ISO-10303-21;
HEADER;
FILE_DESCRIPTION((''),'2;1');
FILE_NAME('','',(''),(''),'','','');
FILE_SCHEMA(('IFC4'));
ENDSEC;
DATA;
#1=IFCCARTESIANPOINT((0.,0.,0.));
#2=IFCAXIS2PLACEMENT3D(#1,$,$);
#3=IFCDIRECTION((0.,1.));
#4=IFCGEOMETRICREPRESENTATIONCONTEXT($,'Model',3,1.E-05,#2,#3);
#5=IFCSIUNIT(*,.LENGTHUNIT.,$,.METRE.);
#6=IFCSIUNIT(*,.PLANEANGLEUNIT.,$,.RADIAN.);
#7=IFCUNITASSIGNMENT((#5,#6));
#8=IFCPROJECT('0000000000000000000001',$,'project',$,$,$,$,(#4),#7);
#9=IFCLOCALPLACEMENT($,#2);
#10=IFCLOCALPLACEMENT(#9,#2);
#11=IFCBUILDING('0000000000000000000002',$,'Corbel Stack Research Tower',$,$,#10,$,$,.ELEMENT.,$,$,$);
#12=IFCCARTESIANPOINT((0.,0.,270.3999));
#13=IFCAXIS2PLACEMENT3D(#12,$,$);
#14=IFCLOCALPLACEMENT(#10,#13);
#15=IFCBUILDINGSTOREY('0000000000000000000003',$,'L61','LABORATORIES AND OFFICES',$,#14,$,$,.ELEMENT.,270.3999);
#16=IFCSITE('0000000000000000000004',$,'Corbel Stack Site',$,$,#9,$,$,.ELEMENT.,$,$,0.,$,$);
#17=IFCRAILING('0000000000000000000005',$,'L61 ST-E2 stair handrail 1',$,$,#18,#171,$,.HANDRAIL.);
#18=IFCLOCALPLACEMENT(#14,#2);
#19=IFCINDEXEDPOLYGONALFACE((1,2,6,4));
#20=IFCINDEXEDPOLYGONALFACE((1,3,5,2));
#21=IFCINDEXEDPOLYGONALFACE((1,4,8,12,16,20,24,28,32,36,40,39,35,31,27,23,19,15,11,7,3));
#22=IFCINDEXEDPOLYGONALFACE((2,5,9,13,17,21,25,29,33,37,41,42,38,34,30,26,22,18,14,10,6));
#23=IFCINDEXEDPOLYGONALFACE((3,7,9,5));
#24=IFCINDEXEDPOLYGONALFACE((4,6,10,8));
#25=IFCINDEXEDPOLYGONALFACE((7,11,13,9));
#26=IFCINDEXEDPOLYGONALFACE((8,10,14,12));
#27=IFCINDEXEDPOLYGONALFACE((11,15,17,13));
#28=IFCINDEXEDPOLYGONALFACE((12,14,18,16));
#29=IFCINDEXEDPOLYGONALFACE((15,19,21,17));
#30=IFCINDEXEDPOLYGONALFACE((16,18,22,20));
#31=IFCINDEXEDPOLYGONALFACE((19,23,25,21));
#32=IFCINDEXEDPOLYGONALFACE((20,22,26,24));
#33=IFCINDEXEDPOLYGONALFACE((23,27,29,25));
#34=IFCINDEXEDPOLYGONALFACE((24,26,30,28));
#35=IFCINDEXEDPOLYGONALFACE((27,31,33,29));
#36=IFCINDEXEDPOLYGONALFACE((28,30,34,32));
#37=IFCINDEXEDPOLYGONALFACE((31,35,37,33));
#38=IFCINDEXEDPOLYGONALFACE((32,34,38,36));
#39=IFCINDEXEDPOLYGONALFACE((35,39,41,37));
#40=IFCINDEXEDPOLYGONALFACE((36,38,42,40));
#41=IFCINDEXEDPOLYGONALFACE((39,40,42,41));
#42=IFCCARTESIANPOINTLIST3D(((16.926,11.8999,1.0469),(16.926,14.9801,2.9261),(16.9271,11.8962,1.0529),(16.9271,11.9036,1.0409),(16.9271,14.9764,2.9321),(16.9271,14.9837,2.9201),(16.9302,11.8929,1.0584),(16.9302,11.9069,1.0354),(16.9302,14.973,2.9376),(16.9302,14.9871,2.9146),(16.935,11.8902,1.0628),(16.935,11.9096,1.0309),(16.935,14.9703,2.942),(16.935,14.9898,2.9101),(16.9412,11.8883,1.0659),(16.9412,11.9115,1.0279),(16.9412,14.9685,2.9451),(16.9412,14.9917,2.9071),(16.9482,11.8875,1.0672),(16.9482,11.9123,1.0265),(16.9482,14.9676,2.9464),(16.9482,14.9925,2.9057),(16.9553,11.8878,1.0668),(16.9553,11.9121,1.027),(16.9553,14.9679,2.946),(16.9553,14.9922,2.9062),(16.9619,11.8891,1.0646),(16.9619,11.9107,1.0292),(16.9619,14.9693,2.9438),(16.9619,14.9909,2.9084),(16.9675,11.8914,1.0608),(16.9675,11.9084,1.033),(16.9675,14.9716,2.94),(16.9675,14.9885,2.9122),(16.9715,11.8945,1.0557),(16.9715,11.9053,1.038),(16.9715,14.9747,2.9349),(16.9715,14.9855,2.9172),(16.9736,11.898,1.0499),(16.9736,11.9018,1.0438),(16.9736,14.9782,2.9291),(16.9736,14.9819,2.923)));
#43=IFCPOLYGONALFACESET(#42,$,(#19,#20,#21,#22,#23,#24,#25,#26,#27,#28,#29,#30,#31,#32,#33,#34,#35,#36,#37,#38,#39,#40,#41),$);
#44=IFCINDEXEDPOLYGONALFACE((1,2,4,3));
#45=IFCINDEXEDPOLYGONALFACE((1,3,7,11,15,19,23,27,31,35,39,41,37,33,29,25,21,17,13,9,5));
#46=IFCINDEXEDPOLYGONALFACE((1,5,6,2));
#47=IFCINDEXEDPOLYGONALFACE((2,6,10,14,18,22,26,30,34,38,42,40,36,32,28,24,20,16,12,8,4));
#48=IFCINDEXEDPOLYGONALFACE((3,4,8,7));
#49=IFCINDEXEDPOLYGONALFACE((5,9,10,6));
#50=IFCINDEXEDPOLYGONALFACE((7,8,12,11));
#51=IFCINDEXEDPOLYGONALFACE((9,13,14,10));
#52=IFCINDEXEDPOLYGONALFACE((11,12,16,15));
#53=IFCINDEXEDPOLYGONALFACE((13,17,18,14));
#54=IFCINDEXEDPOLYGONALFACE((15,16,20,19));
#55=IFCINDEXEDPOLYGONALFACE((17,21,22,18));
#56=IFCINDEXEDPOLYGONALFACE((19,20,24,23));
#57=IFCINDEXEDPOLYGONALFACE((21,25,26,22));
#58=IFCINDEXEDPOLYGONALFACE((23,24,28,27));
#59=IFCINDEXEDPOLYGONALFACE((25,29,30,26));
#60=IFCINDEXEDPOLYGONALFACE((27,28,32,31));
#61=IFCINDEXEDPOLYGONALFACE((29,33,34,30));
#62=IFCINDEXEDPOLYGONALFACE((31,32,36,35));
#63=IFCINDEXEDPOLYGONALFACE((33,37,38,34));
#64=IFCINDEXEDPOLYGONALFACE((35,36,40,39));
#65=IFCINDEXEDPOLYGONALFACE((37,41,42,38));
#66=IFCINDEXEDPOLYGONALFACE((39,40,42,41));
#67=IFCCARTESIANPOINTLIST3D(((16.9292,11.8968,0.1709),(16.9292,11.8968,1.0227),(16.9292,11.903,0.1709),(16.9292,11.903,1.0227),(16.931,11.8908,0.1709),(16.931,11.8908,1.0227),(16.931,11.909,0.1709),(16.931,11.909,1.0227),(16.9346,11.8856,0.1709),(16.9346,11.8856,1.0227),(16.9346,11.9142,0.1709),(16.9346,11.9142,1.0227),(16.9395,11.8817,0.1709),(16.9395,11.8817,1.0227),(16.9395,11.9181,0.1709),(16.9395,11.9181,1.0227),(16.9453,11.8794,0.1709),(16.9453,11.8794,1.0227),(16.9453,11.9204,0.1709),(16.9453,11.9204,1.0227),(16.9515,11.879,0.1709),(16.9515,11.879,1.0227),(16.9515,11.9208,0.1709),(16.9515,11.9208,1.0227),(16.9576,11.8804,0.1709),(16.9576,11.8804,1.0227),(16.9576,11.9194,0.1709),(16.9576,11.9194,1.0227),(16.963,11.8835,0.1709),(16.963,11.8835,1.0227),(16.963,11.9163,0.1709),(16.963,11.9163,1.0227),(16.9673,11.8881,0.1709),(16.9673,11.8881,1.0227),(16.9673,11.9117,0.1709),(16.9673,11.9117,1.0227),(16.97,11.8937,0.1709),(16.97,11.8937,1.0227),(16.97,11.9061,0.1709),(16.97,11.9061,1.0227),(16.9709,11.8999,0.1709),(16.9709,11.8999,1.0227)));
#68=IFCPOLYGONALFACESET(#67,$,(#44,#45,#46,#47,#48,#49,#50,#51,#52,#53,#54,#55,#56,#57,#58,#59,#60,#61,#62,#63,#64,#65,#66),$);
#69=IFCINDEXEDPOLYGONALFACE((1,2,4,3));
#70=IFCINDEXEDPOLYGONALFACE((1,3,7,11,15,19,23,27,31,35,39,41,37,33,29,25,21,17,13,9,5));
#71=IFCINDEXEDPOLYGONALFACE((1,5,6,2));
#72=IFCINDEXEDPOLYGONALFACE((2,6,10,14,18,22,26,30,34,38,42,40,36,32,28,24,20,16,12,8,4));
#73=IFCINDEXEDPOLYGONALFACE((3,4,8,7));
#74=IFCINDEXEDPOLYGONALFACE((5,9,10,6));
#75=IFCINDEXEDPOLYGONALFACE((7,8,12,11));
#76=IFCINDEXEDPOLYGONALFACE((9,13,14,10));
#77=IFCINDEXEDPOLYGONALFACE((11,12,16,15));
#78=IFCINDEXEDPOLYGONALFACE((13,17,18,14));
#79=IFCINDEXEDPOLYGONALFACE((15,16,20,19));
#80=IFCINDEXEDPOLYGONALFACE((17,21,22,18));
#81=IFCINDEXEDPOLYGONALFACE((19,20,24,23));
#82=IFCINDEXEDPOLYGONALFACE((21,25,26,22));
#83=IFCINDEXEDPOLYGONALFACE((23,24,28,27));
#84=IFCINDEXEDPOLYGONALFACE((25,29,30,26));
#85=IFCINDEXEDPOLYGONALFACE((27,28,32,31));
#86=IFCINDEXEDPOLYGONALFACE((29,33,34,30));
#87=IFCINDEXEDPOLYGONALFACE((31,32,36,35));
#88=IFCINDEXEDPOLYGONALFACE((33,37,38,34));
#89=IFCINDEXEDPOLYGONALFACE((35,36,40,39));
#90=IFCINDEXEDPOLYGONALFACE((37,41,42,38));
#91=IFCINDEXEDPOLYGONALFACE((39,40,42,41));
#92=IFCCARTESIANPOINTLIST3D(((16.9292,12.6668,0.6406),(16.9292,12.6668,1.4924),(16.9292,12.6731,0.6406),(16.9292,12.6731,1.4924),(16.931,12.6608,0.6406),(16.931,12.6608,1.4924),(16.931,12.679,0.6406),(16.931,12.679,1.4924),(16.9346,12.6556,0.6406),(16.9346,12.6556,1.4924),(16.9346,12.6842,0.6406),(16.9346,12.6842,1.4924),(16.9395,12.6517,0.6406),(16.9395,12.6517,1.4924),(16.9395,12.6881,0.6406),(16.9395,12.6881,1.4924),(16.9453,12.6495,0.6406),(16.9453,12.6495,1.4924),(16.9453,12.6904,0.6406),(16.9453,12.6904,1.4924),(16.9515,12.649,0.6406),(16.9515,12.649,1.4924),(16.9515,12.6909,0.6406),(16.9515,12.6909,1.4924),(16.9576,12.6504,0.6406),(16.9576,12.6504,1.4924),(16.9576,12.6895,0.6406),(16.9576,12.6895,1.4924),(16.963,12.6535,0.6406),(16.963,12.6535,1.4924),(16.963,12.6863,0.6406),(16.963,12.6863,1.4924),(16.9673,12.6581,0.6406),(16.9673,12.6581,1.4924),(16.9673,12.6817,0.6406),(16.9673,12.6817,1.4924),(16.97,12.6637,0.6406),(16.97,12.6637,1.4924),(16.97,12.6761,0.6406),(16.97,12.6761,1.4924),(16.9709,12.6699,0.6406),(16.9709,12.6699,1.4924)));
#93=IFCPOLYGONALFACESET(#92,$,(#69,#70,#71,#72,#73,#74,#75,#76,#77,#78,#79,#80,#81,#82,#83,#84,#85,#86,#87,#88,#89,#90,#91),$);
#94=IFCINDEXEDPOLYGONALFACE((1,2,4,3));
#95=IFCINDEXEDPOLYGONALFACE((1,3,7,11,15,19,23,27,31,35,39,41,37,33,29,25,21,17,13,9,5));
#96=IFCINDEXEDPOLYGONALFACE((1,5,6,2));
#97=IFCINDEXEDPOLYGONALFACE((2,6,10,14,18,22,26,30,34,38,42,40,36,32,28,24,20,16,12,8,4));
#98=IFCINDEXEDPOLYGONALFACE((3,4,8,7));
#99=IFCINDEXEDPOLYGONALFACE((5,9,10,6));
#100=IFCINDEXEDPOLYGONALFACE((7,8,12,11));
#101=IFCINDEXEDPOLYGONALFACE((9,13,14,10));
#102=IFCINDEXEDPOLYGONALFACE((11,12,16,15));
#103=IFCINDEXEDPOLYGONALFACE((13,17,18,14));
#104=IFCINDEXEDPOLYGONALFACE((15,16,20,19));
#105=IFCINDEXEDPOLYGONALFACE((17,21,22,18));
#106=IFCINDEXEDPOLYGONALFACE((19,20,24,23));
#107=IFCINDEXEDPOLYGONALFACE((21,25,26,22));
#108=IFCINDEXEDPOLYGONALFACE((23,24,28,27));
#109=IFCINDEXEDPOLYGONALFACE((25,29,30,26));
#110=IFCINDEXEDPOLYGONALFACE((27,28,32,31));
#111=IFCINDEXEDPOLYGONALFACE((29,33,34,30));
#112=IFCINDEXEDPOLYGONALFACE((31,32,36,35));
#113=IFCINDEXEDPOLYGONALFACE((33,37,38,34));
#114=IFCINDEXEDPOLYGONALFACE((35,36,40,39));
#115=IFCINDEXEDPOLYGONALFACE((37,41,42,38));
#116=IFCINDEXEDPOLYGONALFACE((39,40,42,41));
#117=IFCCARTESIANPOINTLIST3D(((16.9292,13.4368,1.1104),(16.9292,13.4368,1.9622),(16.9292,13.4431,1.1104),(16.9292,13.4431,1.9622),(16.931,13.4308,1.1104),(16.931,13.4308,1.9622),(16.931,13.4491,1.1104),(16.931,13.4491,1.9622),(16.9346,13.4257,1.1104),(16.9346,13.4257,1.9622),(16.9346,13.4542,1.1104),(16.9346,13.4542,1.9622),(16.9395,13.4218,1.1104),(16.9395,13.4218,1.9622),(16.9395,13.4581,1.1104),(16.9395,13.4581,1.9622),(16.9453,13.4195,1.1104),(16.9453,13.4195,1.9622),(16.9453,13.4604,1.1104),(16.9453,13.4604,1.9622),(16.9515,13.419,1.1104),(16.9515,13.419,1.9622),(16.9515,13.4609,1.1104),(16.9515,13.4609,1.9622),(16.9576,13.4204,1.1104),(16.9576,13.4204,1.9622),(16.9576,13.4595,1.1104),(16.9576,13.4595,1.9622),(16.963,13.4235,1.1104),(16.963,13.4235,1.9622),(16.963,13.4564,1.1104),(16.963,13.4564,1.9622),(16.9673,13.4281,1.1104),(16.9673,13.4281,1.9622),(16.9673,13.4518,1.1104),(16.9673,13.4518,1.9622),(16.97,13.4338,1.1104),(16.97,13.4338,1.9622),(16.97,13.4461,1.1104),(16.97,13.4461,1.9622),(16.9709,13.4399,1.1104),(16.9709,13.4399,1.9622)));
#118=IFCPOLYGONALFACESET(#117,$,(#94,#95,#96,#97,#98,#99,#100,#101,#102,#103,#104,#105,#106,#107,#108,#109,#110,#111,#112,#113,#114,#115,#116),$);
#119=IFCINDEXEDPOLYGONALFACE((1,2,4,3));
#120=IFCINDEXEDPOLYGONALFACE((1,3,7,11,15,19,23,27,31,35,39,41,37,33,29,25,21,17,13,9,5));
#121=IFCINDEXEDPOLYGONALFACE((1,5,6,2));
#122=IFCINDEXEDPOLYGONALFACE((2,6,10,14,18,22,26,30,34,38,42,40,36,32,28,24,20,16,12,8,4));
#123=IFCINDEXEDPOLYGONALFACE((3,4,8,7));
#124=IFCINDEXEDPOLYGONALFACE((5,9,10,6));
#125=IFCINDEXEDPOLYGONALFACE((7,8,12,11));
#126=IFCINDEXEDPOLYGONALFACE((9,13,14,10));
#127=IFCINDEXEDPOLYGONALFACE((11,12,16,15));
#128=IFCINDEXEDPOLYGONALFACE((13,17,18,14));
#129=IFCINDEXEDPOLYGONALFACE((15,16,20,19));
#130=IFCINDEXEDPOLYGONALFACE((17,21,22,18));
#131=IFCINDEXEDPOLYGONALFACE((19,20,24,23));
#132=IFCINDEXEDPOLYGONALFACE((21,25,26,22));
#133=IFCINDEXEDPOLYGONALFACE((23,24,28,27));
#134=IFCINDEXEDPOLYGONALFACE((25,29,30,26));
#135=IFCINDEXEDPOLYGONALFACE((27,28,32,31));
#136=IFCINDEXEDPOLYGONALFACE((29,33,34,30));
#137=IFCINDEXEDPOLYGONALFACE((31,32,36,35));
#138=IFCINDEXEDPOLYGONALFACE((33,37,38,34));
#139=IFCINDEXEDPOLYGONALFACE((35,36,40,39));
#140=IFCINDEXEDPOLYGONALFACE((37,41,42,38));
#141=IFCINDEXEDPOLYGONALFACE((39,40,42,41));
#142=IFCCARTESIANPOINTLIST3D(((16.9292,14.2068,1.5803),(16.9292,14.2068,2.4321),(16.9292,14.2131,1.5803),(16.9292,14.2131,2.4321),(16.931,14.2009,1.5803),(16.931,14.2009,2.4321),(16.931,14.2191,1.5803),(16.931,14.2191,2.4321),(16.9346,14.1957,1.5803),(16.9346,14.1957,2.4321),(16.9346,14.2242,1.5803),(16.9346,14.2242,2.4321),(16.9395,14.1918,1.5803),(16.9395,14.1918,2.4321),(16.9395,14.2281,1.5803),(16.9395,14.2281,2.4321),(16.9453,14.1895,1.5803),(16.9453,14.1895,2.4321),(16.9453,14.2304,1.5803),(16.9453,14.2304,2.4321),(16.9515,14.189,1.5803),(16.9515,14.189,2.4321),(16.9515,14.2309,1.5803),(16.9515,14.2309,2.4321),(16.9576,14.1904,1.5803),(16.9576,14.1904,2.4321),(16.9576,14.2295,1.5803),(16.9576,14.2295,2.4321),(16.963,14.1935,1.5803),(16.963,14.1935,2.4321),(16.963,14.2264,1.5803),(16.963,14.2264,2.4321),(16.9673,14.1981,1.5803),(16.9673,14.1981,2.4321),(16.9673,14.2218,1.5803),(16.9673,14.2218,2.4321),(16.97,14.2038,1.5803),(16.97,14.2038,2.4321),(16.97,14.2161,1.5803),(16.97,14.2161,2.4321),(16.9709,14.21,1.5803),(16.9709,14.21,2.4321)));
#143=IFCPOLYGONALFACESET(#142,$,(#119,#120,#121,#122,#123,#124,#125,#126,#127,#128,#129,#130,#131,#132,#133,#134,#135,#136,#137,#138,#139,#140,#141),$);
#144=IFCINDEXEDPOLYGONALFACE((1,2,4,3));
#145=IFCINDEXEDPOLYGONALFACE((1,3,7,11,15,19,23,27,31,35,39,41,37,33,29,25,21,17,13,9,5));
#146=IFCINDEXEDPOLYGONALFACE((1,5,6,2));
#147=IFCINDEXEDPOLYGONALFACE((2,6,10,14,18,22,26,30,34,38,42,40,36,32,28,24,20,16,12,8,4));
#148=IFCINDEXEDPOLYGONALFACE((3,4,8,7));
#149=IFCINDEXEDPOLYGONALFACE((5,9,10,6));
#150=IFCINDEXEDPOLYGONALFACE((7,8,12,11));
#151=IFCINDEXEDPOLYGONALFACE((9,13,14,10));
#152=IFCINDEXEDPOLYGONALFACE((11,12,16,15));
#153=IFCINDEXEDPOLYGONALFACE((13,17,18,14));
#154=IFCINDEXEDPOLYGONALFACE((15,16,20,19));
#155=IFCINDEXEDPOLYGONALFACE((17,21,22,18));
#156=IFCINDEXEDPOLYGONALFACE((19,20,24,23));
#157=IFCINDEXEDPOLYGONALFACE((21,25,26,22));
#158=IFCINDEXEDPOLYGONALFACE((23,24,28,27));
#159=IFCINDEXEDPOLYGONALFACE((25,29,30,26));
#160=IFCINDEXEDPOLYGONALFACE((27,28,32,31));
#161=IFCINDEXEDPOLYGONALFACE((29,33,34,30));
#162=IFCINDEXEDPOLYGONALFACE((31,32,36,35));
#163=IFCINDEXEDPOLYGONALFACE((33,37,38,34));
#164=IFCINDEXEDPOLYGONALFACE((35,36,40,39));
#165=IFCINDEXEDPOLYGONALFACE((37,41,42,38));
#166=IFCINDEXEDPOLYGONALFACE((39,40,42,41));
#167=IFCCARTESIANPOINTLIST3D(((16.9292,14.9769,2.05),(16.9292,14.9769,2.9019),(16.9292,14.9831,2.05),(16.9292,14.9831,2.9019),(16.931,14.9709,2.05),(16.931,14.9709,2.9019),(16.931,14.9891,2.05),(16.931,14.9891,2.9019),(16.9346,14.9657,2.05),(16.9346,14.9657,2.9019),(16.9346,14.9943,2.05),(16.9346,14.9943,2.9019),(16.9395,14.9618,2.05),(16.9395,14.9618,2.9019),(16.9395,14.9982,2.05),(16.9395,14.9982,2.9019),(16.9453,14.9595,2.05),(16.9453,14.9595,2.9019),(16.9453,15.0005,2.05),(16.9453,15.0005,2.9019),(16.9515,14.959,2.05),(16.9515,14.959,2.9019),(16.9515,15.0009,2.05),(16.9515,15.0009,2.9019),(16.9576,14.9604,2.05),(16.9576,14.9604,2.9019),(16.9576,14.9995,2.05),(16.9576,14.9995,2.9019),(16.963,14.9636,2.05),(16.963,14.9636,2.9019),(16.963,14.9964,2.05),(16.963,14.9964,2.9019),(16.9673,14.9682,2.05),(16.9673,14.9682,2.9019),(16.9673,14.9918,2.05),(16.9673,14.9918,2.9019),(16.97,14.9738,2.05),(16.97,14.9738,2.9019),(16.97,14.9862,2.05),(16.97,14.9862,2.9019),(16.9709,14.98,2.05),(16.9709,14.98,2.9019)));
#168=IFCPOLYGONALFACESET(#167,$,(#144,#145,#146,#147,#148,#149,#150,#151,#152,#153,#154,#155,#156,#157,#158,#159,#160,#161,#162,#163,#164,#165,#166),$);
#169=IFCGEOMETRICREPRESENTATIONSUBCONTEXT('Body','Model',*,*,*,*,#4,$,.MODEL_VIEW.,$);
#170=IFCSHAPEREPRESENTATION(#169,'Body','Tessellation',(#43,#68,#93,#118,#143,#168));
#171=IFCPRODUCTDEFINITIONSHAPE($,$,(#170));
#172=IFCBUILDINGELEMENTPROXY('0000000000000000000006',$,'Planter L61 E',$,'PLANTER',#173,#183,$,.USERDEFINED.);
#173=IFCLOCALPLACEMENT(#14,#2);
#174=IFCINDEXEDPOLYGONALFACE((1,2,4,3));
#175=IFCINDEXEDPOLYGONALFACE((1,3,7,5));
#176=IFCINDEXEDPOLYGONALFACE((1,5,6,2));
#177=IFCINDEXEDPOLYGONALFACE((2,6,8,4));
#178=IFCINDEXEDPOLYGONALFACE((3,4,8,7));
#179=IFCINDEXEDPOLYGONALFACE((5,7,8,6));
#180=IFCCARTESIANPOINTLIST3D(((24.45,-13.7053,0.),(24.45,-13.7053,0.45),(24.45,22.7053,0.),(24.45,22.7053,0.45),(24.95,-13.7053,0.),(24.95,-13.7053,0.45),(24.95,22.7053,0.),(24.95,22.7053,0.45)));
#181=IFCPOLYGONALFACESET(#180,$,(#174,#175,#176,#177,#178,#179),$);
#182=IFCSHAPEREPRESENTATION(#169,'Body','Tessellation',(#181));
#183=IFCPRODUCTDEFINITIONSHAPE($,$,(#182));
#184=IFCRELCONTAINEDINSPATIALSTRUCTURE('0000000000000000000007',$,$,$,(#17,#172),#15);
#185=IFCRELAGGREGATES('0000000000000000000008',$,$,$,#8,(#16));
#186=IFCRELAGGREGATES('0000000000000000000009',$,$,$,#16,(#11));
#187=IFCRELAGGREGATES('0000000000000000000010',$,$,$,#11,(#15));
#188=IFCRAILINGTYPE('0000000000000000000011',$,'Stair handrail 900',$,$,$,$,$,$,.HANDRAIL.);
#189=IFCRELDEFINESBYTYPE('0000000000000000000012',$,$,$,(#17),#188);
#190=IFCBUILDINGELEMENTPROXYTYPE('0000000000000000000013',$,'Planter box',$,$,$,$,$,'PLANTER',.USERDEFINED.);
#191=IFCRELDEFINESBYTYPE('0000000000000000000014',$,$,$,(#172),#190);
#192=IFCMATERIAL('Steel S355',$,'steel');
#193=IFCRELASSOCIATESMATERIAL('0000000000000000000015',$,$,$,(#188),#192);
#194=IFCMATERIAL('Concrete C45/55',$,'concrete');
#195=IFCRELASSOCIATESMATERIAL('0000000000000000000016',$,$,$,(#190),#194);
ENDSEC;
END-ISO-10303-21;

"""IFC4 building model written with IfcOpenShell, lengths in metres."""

from ifc_helpers import new_model, si_unit, direction, frame, origin, origin_2d, place, context, subcontext, project, spatial, rectangle, circle, extrude, material, type_object, element, save


model = new_model("IFC4")

# Units and contexts
model_context = context("Model", 3, precision=1e-05, world=origin(), true_north=direction((0.0, 1.0)))
body_context = subcontext(model_context, "Body", "Model", "MODEL_VIEW")
ifc_project = project(units=[si_unit("LENGTHUNIT", "METRE"), si_unit("PLANEANGLEUNIT", "RADIAN")], contexts=[model_context])

# Site, building, storey
site_placement = place(None, origin())
site = spatial("IfcSite", under=ifc_project, at=site_placement, Name="Corbel Stack Site", CompositionType="ELEMENT", RefElevation=0.0)
building_placement = place(site_placement, origin())
building = spatial("IfcBuilding", under=site, at=building_placement, Name="Corbel Stack Research Tower", CompositionType="ELEMENT")
storey_placement = place(building_placement, frame((0.0, 0.0, 270.3999)))
storey = spatial("IfcBuildingStorey", under=building, at=storey_placement, Name="L61", Description="LABORATORIES AND OFFICES", CompositionType="ELEMENT", Elevation=270.3999)

# Railing
ifc_material_1 = material(Name="Steel S355", Category="steel")
railing_type_1 = type_object("IfcRailingType", Name="Stair handrail 900", PredefinedType="HANDRAIL", material=ifc_material_1)
railing_1_placement = place(storey_placement, frame((16.95, 11.8999, 0.1709)))
element("IfcRailing", 1, at=railing_1_placement, inside=storey, type_object=railing_type_1, Name="L61 ST-E2 stair handrail 1", PredefinedType="HANDRAIL", context=body_context, shape_type="SweptSolid", body=[
    extrude(circle(Radius=0.0239, at=origin_2d()), frame((0.0, 0.0, 0.876), z_axis=(0.0, 0.853666, 0.52082), x_axis=(-1.0, 0.0, 0.0)), (0.0, 0.0, 1.0), 3.6082),
    extrude(circle(Radius=0.021, at=origin_2d()), origin(), (0.0, 0.0, 1.0), 0.8518),
    extrude(circle(Radius=0.021, at=origin_2d()), frame((0.0, 0.77, 0.4697)), (0.0, 0.0, 1.0), 0.8518),
    extrude(circle(Radius=0.021, at=origin_2d()), frame((0.0, 1.54, 0.9395)), (0.0, 0.0, 1.0), 0.8518),
    extrude(circle(Radius=0.021, at=origin_2d()), frame((0.0, 2.3101, 1.4094)), (0.0, 0.0, 1.0), 0.8518),
    extrude(circle(Radius=0.021, at=origin_2d()), frame((0.0, 3.0801, 1.8792)), (0.0, 0.0, 1.0), 0.8518),
])

# Building element proxy
ifc_material_2 = material(Name="Concrete C45/55", Category="concrete")
building_element_proxy_type = type_object("IfcBuildingElementProxyType", Name="Planter box", ElementType="PLANTER", PredefinedType="USERDEFINED", material=ifc_material_2)
proxy_placement = place(storey_placement, frame((24.7, 4.5, 0.0), z_axis=(0.0, 0.0, 1.0), x_axis=(0.0, 1.0, 0.0)))
element("IfcBuildingElementProxy", 2, at=proxy_placement, inside=storey, type_object=building_element_proxy_type, Name="Planter L61 E", ObjectType="PLANTER", PredefinedType="USERDEFINED", context=body_context, shape_type="SweptSolid", body=[
    extrude(rectangle(XDim=36.4106, YDim=0.5, at=origin_2d()), origin(), (0.0, 0.0, 1.0), 0.45),
])

save(model, "model.ifc")
